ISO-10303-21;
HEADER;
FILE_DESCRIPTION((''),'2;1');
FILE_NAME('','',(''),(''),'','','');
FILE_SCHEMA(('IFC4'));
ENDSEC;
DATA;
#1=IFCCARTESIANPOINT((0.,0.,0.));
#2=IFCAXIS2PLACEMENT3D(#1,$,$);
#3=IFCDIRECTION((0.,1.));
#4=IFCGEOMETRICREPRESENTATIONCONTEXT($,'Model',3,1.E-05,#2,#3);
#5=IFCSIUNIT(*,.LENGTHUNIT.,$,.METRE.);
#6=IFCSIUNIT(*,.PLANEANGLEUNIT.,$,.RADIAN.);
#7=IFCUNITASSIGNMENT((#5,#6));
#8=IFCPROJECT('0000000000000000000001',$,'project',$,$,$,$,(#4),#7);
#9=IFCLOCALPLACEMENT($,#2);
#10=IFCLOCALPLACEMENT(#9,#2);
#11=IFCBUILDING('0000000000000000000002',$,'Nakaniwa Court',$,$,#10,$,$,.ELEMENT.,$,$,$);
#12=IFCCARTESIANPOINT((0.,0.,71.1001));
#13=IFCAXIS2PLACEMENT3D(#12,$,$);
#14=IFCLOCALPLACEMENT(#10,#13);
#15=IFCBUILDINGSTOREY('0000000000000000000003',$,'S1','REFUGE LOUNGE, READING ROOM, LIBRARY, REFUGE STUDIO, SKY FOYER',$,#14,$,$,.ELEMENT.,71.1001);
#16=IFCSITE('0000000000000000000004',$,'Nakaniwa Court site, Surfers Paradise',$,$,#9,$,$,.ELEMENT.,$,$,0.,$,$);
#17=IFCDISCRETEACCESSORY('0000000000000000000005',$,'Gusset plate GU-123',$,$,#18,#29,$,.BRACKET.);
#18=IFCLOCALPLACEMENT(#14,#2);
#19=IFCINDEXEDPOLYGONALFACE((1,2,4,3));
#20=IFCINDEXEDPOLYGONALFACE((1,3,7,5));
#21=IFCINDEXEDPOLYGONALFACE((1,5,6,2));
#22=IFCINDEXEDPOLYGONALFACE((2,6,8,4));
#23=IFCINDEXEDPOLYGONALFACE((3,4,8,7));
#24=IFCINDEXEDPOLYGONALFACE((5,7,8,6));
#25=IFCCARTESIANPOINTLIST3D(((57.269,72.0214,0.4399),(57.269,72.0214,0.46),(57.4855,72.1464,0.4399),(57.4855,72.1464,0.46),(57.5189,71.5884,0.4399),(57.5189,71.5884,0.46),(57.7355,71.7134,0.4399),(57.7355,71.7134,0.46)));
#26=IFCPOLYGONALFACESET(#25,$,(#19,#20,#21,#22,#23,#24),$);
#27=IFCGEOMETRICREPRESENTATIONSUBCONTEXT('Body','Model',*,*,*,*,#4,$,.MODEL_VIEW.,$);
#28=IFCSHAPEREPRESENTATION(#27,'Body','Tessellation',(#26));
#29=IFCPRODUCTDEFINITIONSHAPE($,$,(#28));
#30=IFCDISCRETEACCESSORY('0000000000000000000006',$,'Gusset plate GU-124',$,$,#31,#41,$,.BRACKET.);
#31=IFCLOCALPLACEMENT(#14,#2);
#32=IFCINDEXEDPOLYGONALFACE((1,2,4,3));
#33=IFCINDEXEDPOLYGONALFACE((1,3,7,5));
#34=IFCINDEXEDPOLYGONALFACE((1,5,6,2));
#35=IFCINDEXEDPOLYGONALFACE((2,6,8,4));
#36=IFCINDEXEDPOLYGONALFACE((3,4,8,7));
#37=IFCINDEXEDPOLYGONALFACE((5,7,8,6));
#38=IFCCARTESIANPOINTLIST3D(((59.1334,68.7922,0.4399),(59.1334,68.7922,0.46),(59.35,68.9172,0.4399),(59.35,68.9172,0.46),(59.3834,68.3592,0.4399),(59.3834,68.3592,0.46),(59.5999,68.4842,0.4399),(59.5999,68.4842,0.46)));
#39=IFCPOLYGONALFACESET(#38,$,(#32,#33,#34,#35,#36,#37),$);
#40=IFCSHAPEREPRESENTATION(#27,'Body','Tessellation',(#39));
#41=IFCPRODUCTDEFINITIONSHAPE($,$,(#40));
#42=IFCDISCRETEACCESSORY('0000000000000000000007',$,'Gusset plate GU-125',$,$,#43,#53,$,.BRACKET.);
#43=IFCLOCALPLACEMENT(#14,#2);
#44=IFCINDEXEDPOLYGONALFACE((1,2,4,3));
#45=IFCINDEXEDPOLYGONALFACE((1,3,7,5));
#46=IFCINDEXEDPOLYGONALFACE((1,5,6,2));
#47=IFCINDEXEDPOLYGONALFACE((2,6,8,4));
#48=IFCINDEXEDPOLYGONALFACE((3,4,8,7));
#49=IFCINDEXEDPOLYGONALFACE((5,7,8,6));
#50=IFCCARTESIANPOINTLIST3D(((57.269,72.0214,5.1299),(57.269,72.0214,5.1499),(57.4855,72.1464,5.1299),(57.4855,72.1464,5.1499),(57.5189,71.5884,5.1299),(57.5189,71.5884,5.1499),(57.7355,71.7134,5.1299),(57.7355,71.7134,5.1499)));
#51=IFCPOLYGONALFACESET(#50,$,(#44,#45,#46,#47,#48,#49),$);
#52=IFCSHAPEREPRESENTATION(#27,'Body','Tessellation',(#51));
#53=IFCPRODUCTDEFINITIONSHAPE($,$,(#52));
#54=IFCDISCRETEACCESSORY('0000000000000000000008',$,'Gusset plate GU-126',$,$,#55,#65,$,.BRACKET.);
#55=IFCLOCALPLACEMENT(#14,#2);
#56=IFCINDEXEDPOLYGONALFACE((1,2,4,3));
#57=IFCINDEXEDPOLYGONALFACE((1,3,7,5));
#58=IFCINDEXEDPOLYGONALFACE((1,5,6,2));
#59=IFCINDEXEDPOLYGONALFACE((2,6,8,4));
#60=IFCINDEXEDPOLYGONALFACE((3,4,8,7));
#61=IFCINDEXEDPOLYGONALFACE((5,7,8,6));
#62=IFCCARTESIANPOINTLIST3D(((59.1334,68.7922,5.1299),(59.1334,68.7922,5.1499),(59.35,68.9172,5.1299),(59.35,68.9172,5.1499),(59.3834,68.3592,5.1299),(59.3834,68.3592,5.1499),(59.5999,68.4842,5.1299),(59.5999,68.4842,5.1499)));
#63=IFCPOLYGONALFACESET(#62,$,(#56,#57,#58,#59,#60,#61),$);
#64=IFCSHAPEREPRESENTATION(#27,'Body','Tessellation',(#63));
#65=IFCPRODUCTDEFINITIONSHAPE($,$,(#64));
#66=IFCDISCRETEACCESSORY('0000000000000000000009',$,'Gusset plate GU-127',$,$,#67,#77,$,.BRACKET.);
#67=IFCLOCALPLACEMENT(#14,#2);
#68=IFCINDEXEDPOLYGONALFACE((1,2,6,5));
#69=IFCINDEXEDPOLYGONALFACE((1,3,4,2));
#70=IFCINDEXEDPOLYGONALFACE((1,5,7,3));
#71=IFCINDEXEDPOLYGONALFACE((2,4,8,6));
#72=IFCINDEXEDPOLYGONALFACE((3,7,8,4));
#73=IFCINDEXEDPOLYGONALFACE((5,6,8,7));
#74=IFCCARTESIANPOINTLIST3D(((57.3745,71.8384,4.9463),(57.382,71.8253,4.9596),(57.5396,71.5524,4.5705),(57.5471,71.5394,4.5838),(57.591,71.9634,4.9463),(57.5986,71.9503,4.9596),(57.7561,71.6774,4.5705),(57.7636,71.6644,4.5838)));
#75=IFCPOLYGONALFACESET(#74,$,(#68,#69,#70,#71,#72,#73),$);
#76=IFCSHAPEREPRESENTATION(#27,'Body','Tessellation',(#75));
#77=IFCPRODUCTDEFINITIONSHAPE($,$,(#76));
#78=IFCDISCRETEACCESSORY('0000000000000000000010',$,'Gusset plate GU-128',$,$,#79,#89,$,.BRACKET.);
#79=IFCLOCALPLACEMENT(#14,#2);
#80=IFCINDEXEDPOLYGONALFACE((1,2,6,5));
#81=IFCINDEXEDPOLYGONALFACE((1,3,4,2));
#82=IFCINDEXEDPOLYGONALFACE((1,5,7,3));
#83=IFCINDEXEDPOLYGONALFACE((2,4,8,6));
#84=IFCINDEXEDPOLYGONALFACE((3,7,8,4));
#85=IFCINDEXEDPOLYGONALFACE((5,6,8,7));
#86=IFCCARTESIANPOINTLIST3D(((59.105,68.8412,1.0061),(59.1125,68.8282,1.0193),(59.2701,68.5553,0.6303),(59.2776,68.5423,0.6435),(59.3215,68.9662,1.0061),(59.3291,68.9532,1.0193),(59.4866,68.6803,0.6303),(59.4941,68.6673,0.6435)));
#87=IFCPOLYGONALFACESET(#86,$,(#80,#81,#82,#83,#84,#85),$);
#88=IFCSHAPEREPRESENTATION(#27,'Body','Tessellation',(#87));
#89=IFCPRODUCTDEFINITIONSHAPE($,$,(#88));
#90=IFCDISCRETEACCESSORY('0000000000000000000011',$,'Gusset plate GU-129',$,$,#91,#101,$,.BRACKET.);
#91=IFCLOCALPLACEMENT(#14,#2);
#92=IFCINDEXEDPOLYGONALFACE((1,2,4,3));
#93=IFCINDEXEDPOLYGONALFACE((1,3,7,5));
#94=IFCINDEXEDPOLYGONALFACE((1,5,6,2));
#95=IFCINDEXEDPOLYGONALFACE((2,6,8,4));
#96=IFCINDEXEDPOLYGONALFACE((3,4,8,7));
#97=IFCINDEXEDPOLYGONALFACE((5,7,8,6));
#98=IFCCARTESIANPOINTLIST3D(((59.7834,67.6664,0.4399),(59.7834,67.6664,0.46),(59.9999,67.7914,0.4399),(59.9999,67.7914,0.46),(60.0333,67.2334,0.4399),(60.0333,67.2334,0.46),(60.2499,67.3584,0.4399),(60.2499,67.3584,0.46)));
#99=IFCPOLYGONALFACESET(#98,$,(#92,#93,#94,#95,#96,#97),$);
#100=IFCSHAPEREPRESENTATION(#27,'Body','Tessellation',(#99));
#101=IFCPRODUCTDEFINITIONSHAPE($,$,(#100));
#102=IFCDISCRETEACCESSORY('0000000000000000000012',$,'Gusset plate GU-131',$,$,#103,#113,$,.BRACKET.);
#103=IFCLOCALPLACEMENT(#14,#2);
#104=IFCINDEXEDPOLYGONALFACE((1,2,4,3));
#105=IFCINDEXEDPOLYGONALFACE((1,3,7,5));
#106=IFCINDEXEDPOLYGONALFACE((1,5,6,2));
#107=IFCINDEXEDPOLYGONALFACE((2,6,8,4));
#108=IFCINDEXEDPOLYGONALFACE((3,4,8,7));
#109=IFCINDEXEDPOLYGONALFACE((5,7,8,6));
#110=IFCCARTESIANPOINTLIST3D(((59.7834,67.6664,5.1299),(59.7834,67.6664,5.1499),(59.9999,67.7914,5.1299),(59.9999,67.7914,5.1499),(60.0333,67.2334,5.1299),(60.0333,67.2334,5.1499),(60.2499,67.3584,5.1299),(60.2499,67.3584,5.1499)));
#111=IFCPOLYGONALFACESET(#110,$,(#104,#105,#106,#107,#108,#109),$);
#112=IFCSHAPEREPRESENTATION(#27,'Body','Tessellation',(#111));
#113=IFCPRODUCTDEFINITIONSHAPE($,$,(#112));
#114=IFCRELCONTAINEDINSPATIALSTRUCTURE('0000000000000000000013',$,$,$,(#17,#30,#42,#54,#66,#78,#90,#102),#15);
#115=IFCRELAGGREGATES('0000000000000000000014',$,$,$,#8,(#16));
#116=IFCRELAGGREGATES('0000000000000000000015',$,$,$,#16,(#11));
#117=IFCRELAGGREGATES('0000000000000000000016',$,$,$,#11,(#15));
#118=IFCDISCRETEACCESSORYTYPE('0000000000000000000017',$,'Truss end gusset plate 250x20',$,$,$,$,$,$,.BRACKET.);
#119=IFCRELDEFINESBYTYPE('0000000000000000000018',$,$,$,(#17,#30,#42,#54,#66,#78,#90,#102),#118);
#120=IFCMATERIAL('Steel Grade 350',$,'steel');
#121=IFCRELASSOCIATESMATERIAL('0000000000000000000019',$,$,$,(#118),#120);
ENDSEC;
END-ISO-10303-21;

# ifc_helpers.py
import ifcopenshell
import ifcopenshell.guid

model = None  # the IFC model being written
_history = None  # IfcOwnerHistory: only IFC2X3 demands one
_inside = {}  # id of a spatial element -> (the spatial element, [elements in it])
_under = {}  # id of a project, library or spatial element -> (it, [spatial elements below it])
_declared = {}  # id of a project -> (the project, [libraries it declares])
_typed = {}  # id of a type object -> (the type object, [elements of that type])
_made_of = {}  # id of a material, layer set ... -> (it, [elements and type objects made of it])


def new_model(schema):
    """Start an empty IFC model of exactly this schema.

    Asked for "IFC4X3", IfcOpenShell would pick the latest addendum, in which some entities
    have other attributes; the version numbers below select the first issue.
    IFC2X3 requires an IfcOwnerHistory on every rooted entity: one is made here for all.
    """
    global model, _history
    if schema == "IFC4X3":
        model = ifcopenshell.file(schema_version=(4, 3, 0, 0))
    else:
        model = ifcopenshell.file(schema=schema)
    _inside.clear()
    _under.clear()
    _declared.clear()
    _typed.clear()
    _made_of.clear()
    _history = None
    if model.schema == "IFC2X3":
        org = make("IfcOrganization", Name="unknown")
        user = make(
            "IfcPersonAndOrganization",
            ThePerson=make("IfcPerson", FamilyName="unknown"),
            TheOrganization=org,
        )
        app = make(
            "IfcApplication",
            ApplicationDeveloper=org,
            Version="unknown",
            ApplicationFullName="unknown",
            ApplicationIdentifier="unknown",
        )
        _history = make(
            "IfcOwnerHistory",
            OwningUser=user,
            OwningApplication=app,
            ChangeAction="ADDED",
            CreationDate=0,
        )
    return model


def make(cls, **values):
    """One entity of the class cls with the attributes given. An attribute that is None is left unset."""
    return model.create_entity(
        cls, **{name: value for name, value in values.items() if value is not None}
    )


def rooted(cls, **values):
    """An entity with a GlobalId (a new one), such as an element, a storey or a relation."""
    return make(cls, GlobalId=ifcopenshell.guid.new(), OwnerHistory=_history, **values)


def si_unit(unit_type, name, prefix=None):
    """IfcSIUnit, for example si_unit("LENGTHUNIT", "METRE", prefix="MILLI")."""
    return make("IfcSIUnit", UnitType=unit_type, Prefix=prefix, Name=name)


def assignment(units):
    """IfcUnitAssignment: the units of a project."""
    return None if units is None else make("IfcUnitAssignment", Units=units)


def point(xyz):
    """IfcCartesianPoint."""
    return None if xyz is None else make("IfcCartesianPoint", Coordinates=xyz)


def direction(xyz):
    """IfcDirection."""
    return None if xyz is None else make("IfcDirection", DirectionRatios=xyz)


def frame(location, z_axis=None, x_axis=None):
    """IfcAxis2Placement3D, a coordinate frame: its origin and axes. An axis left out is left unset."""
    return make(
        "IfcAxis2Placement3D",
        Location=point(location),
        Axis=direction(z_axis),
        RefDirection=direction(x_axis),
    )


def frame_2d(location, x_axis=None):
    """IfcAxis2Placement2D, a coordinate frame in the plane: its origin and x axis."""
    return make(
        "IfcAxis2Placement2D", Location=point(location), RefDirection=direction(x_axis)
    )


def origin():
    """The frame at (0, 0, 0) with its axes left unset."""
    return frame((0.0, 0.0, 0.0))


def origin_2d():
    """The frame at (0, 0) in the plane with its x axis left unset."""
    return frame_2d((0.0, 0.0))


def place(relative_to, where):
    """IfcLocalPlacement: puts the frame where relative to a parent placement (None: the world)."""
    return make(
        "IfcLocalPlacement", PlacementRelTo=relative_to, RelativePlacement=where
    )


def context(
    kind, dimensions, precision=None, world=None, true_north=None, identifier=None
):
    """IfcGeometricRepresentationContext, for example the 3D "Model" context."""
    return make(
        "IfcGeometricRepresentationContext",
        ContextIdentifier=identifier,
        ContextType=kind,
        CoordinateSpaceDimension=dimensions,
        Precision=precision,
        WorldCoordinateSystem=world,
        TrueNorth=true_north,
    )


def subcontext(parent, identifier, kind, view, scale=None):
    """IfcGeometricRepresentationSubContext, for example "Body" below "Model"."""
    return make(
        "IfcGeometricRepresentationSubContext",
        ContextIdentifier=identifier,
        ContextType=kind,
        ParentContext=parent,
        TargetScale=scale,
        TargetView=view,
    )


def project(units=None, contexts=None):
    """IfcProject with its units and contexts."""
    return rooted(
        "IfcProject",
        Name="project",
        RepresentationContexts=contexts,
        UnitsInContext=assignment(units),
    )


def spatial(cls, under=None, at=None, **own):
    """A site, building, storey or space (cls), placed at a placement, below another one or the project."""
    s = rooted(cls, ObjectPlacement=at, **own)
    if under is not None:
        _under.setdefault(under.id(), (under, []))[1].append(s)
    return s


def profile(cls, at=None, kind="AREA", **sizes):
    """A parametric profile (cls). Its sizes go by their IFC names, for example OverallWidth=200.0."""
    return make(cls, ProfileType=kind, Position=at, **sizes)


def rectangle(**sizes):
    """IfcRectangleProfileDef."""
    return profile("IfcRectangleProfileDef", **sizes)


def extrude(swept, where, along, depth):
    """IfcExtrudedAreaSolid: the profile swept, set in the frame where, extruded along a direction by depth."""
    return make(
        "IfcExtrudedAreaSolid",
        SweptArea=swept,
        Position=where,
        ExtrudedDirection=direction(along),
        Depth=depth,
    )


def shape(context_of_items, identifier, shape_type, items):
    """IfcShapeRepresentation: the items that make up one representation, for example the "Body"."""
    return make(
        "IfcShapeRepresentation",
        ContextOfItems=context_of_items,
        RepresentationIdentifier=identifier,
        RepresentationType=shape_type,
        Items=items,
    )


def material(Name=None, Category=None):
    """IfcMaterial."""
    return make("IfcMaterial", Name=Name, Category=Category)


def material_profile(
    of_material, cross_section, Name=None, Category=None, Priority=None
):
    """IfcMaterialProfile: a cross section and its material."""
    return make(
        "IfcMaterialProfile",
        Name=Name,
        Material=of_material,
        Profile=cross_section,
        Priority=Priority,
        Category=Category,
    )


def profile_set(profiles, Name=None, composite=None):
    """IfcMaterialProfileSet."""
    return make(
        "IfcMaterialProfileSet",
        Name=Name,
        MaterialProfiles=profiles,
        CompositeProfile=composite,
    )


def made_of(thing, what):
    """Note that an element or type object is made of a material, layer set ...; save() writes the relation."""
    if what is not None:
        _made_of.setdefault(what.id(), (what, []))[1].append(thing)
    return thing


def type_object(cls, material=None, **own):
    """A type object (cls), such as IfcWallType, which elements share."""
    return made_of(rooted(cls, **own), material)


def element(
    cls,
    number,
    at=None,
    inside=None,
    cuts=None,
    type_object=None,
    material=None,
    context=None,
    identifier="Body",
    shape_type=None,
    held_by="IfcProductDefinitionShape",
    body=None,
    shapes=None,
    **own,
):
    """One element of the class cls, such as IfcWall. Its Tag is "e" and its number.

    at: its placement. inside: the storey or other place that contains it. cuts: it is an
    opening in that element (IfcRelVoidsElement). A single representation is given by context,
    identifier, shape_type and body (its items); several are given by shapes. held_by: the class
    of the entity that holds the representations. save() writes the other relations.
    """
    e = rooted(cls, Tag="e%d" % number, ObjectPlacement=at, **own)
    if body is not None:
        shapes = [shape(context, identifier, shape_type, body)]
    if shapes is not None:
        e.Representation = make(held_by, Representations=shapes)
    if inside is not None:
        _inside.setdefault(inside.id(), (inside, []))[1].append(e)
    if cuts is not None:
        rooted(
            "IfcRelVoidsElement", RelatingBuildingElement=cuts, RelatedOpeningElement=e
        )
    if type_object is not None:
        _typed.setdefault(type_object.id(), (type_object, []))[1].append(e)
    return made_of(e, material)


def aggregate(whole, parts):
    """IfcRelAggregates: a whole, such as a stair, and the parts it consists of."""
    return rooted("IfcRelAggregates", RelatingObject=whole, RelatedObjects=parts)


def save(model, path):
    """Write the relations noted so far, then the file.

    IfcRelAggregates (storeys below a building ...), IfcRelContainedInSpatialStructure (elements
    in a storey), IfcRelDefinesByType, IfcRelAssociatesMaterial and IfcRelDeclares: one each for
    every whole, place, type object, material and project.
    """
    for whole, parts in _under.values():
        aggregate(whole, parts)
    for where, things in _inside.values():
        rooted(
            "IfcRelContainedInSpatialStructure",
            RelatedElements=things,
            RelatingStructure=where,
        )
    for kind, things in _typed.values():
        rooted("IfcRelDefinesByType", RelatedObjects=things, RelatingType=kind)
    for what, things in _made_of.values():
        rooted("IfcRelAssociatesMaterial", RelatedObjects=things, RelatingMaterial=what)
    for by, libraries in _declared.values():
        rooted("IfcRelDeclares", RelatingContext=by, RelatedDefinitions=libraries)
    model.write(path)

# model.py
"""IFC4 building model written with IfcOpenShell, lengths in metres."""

from ifc_helpers import new_model, si_unit, direction, frame, origin, origin_2d, place, context, subcontext, project, spatial, rectangle, extrude, material, material_profile, profile_set, type_object, element, save


model = new_model("IFC4")

# Units and contexts
model_context = context("Model", 3, precision=1e-05, world=origin(), true_north=direction((0.0, 1.0)))
body_context = subcontext(model_context, "Body", "Model", "MODEL_VIEW")
ifc_project = project(units=[si_unit("LENGTHUNIT", "METRE"), si_unit("PLANEANGLEUNIT", "RADIAN")], contexts=[model_context])

# Site, building, storey
site_placement = place(None, origin())
site = spatial("IfcSite", under=ifc_project, at=site_placement, Name="Nakaniwa Court site, Surfers Paradise", CompositionType="ELEMENT", RefElevation=0.0)
building_placement = place(site_placement, origin())
building = spatial("IfcBuilding", under=site, at=building_placement, Name="Nakaniwa Court", CompositionType="ELEMENT")
storey_placement = place(building_placement, frame((0.0, 0.0, 71.1001)))
storey = spatial("IfcBuildingStorey", under=building, at=storey_placement, Name="S1", Description="REFUGE LOUNGE, READING ROOM, LIBRARY, REFUGE STUDIO, SKY FOYER", CompositionType="ELEMENT", Elevation=71.1001)

# Shared definitions
ifc_material_1 = material(Name="Steel Grade 350", Category="steel")

# Discrete accessories
ifc_material_profile_1 = material_profile(ifc_material_1, rectangle(XDim=0.25, YDim=0.02, at=origin_2d()), Name="Truss end gusset plate 250x20")
ifc_profile_set_1 = profile_set([ifc_material_profile_1], Name="Steel Grade 350")
discrete_accessory_type = type_object("IfcDiscreteAccessoryType", Name="Truss end gusset plate 250x20", PredefinedType="BRACKET", material=ifc_profile_set_1)
for number, where, z_axis, x_axis, name in (
    (1, (57.6272, 71.6509, 0.45), (-0.49992, 0.866072, 0.0), (-0.866072, -0.49992, 0.0), "Gusset plate GU-123"),
    (2, (59.2417, 68.8547, 0.45), (0.49992, -0.866072, 0.0), (0.866072, 0.49992, 0.0), "Gusset plate GU-124"),
    (3, (57.6272, 71.6509, 5.1399), (-0.49992, 0.866072, 0.0), (-0.866072, -0.49992, 0.0), "Gusset plate GU-125"),
    (4, (59.2417, 68.8547, 5.1399), (0.49992, -0.866072, 0.0), (0.866072, 0.49992, 0.0), "Gusset plate GU-126"),
):
    element("IfcDiscreteAccessory", number, at=place(storey_placement, frame(where, z_axis=z_axis, x_axis=x_axis)), inside=storey, type_object=discrete_accessory_type, Name=name, PredefinedType="BRACKET", context=body_context, shape_type="SweptSolid", body=[
        extrude(rectangle(XDim=0.25, YDim=0.02, at=origin_2d()), origin(), (0.0, 0.0, 1.0), 0.5),
    ])
for number, where, z_axis, x_axis, name in (
    (5, (57.6516, 71.6084, 4.5771), (-0.329982, 0.571612, 0.751247), (-0.86605, -0.499957, 0.0), "Gusset plate GU-127"),
    (6, (59.217, 68.8972, 1.0127), (0.329982, -0.571612, -0.751247), (0.86605, 0.499957, 0.0), "Gusset plate GU-128"),
):
    element("IfcDiscreteAccessory", number, at=place(storey_placement, frame(where, z_axis=z_axis, x_axis=x_axis)), inside=storey, type_object=discrete_accessory_type, Name=name, PredefinedType="BRACKET", context=body_context, shape_type="SweptSolid", body=[
        extrude(rectangle(XDim=0.25, YDim=0.02, at=origin_2d()), origin(), (0.0, 0.0, 1.0), 0.5002),
    ])
for number, where, z_axis, x_axis, name in (
    (7, (60.1416, 67.2959, 0.45), (-0.49992, 0.866072, 0.0), (-0.866072, -0.49992, 0.0), "Gusset plate GU-129"),
    (8, (60.1416, 67.2959, 5.1399), (-0.49992, 0.866072, 0.0), (-0.866072, -0.49992, 0.0), "Gusset plate GU-131"),
):
    element("IfcDiscreteAccessory", number, at=place(storey_placement, frame(where, z_axis=z_axis, x_axis=x_axis)), inside=storey, type_object=discrete_accessory_type, Name=name, PredefinedType="BRACKET", context=body_context, shape_type="SweptSolid", body=[
        extrude(rectangle(XDim=0.25, YDim=0.02, at=origin_2d()), origin(), (0.0, 0.0, 1.0), 0.5),
    ])

save(model, "model.ifc")
